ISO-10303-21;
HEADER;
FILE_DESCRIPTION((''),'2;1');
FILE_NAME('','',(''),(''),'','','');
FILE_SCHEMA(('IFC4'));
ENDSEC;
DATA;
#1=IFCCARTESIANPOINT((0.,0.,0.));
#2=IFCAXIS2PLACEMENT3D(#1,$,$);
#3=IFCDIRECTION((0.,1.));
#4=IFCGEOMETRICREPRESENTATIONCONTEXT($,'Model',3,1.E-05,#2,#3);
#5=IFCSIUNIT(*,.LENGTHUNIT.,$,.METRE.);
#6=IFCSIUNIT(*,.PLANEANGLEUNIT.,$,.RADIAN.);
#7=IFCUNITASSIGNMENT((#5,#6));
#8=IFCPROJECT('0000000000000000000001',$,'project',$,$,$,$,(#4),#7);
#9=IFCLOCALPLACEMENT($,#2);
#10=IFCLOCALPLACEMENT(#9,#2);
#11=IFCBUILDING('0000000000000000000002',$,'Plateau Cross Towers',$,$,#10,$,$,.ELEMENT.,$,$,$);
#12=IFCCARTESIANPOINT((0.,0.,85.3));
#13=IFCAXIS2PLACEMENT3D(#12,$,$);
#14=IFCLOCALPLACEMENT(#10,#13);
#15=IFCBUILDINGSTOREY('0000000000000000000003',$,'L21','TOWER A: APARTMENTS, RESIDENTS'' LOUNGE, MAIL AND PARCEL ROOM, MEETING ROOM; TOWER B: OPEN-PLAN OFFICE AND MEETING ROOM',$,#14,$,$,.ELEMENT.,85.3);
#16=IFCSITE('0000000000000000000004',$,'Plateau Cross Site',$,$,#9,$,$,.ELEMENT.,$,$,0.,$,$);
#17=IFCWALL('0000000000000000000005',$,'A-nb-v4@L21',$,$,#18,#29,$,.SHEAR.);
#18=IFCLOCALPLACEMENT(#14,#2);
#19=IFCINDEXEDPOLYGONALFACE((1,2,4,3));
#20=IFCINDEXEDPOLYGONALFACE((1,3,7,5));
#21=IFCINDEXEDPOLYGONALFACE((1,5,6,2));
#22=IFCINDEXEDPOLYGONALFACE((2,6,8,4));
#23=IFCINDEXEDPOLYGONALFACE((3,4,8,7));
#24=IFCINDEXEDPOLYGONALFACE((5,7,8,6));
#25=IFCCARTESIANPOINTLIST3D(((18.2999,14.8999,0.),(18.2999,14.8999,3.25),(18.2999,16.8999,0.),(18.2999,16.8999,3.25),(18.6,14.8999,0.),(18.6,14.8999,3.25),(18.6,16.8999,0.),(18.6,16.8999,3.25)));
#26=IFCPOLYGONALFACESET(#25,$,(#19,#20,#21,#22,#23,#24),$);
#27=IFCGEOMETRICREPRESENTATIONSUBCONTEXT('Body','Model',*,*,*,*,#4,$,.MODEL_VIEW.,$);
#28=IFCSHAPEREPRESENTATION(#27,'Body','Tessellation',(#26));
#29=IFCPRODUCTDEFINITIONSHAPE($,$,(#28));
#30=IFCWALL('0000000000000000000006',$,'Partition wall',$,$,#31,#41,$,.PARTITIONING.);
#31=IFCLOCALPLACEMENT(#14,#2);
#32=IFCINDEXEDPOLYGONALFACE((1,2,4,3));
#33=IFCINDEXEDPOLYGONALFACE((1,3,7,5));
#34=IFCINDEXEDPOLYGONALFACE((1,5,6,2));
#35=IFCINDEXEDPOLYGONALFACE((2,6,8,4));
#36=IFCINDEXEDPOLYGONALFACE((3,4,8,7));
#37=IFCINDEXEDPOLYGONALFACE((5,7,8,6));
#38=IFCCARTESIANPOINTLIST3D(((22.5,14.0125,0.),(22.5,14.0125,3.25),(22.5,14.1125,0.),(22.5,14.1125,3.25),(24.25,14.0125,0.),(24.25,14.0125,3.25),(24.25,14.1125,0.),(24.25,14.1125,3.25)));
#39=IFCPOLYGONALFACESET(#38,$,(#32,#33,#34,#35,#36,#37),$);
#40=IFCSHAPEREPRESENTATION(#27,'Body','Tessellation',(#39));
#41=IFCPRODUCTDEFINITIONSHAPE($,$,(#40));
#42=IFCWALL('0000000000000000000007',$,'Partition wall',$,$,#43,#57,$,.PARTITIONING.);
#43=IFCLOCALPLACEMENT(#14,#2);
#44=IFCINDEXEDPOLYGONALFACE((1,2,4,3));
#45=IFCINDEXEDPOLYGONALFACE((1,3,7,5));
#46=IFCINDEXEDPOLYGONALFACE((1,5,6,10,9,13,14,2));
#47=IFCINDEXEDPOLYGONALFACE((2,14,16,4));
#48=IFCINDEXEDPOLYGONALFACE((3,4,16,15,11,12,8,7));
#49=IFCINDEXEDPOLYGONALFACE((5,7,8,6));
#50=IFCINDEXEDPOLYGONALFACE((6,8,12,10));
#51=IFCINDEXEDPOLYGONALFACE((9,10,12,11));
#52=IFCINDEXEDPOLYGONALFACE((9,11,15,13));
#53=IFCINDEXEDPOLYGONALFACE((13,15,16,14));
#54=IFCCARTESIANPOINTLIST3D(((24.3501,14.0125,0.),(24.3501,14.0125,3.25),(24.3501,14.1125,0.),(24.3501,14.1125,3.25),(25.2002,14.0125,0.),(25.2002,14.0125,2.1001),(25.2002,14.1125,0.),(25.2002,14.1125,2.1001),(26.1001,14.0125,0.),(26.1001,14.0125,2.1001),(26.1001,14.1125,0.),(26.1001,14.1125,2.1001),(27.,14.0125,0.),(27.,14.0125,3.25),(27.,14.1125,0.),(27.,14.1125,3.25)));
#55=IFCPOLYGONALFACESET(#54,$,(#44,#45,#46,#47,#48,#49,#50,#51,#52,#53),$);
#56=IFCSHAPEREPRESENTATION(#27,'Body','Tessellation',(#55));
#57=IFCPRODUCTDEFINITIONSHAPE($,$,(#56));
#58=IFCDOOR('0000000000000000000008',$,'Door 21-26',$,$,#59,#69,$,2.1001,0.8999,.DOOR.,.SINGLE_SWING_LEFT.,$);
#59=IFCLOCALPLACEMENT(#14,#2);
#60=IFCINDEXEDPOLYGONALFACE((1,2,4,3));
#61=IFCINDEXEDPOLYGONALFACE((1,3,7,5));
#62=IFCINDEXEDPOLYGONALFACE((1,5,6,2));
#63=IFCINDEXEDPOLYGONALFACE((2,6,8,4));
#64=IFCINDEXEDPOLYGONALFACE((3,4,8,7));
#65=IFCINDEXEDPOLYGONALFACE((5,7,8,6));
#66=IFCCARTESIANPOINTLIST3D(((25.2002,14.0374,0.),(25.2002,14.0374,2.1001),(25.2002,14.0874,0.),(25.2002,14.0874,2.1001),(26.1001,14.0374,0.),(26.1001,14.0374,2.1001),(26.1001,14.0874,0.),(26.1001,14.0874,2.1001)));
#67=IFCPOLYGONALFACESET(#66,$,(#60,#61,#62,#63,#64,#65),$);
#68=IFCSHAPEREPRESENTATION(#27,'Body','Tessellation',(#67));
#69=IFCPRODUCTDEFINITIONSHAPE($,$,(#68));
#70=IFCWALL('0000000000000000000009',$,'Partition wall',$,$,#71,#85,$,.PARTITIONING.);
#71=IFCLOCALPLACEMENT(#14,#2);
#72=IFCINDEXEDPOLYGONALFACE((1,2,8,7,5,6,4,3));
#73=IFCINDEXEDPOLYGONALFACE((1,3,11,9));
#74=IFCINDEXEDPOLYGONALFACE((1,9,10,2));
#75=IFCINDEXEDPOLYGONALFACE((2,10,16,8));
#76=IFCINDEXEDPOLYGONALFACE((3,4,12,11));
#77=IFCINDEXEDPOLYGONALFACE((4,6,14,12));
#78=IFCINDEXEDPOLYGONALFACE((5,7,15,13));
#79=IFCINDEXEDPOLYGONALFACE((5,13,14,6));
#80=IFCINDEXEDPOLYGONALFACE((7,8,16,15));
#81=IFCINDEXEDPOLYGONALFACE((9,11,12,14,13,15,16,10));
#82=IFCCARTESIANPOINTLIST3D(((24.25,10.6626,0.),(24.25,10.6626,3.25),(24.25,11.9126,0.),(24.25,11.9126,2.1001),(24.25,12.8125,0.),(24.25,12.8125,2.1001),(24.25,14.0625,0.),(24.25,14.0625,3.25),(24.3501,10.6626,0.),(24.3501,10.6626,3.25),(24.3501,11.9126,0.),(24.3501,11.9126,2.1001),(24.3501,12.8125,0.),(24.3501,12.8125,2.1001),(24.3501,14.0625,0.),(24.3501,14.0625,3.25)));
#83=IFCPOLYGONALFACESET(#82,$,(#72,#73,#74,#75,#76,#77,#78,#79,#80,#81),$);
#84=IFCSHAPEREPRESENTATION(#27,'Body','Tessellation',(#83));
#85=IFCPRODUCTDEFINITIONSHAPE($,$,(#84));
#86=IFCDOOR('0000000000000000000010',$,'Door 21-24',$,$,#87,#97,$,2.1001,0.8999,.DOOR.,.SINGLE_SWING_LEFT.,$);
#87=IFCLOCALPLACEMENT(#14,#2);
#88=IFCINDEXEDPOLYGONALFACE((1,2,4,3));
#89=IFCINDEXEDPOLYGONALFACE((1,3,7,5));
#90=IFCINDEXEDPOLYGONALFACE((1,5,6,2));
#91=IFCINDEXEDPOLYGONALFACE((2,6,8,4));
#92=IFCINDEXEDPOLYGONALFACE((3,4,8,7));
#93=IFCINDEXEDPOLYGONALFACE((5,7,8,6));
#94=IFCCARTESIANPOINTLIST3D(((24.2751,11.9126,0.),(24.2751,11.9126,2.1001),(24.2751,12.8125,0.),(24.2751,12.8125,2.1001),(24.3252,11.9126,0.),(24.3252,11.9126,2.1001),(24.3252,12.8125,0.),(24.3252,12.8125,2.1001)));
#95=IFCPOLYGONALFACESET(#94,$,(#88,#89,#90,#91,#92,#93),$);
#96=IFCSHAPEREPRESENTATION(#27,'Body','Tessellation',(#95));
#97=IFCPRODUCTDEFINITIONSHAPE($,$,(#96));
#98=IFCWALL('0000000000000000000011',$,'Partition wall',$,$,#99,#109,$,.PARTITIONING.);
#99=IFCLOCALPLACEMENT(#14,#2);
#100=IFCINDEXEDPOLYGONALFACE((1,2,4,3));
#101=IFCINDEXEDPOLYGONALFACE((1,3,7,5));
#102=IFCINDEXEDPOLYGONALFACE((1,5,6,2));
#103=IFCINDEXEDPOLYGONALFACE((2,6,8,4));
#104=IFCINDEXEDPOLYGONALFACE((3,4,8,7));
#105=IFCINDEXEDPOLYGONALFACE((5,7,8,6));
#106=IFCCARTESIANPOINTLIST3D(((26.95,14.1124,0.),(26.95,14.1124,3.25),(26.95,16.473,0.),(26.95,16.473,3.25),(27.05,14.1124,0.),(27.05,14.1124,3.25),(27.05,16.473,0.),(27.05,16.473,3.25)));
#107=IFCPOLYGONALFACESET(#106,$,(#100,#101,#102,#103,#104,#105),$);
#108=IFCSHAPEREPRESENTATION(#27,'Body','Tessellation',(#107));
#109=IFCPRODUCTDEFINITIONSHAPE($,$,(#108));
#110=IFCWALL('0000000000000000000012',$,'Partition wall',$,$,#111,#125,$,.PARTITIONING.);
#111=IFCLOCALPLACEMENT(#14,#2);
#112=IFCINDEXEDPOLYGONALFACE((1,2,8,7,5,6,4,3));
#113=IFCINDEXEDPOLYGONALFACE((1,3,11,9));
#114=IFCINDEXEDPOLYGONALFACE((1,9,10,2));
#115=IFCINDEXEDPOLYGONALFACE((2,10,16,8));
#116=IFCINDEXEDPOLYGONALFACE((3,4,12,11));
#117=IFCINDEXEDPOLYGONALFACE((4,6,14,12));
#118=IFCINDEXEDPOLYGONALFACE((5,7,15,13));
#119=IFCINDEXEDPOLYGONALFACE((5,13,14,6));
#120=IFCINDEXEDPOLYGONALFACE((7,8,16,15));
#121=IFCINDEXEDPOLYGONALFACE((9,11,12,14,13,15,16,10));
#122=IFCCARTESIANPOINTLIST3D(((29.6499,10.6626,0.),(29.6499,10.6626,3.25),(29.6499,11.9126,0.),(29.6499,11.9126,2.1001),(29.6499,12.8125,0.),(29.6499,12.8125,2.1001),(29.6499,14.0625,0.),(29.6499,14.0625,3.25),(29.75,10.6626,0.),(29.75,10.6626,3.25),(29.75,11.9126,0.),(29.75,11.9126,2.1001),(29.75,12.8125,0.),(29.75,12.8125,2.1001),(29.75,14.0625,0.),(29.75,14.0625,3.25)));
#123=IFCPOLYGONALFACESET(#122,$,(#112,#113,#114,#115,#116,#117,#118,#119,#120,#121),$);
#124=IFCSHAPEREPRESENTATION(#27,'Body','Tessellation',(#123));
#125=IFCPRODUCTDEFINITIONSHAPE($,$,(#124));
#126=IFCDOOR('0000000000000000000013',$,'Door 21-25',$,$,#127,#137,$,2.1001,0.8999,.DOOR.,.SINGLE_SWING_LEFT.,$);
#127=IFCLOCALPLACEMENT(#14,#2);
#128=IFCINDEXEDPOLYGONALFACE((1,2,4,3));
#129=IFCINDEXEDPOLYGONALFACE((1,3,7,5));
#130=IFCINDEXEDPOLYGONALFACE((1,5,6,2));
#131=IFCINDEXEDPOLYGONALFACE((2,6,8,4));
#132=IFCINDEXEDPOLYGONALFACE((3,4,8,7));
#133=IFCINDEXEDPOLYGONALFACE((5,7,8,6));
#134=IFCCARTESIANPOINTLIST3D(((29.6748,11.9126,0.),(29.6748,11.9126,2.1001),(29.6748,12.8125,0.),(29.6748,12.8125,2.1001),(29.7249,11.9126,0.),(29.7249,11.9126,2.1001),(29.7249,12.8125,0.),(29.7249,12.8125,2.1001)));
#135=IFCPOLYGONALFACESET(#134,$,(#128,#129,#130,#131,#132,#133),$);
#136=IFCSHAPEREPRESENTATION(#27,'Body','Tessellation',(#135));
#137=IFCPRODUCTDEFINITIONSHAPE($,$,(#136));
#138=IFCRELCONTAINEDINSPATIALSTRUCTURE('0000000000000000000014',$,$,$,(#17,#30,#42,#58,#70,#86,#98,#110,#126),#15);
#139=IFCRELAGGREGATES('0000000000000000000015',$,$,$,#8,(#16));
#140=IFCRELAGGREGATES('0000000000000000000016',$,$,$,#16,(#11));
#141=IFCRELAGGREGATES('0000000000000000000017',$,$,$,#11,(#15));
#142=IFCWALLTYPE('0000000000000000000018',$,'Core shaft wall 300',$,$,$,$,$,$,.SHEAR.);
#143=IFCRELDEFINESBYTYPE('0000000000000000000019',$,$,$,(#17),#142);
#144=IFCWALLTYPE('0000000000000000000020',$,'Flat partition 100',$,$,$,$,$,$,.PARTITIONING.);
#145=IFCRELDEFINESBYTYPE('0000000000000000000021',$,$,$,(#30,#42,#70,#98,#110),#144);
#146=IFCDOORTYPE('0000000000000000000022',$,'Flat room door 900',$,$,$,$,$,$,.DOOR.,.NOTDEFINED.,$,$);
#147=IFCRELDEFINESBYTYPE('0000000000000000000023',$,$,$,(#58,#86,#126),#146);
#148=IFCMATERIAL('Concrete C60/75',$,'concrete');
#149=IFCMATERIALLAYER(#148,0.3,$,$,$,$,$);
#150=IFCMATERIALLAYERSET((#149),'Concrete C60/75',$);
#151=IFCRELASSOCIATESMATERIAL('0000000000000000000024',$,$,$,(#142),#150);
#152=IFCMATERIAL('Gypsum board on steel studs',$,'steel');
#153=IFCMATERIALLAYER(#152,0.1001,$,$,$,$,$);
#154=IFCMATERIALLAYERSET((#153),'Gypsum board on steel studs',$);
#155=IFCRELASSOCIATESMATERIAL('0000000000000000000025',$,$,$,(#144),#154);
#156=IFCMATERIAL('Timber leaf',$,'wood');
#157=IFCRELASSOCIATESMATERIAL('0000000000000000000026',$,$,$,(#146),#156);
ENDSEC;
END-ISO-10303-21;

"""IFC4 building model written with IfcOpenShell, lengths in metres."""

from ifc_helpers import new_model, si_unit, direction, frame, frame_2d, origin, place, context, subcontext, project, spatial, rectangle, extrude, material, layer, layer_set, type_object, element, fill, save


model = new_model("IFC4")

# Units and contexts
model_context = context("Model", 3, precision=1e-05, world=origin(), true_north=direction((0.0, 1.0)))
body_context = subcontext(model_context, "Body", "Model", "MODEL_VIEW")
ifc_project = project(units=[si_unit("LENGTHUNIT", "METRE"), si_unit("PLANEANGLEUNIT", "RADIAN")], contexts=[model_context])

# Site, building, storey
site_placement = place(None, origin())
site = spatial("IfcSite", under=ifc_project, at=site_placement, Name="Plateau Cross Site", CompositionType="ELEMENT", RefElevation=0.0)
building_placement = place(site_placement, origin())
building = spatial("IfcBuilding", under=site, at=building_placement, Name="Plateau Cross Towers", CompositionType="ELEMENT")
storey_placement = place(building_placement, frame((0.0, 0.0, 85.3)))
storey = spatial("IfcBuildingStorey", under=building, at=storey_placement, Name="L21", Description="TOWER A: APARTMENTS, RESIDENTS' LOUNGE, MAIL AND PARCEL ROOM, MEETING ROOM; TOWER B: OPEN-PLAN OFFICE AND MEETING ROOM", CompositionType="ELEMENT", Elevation=85.3)

# Walls
ifc_material_1 = material(Name="Concrete C60/75", Category="concrete")
ifc_layer_1 = layer(ifc_material_1, 0.3)
ifc_layer_set_1 = layer_set([ifc_layer_1], Name="Concrete C60/75")
wall_type_1 = type_object("IfcWallType", Name="Core shaft wall 300", PredefinedType="SHEAR", material=ifc_layer_set_1)
wall_1_placement = place(storey_placement, frame((18.45, 14.8999, 0.0), z_axis=(0.0, 0.0, 1.0), x_axis=(0.0, 1.0, 0.0)))
element("IfcWall", 1, at=wall_1_placement, inside=storey, type_object=wall_type_1, Name="A-nb-v4@L21", PredefinedType="SHEAR", context=body_context, shape_type="SweptSolid", body=[
    extrude(rectangle(XDim=2.0, YDim=0.3, at=frame_2d((1.0, 0.0))), origin(), (0.0, 0.0, 1.0), 3.25),
])
ifc_material_2 = material(Name="Gypsum board on steel studs", Category="steel")
ifc_layer_2 = layer(ifc_material_2, 0.1001)
ifc_layer_set_2 = layer_set([ifc_layer_2], Name="Gypsum board on steel studs")
wall_type_2 = type_object("IfcWallType", Name="Flat partition 100", PredefinedType="PARTITIONING", material=ifc_layer_set_2)
wall_2_placement = place(storey_placement, frame((24.25, 14.0625, 0.0), z_axis=(0.0, 0.0, 1.0), x_axis=(-1.0, 0.0, 0.0)))
element("IfcWall", 2, at=wall_2_placement, inside=storey, type_object=wall_type_2, Name="Partition wall", PredefinedType="PARTITIONING", context=body_context, shape_type="SweptSolid", body=[
    extrude(rectangle(XDim=1.75, YDim=0.1001, at=frame_2d((0.875, 0.0))), origin(), (0.0, 0.0, 1.0), 3.25),
])

# Walls, openings, doors
wall_3_placement = place(storey_placement, frame((24.3501, 14.0625, 0.0), z_axis=(0.0, 0.0, 1.0), x_axis=(1.0, 0.0, 0.0)))
wall_3 = element("IfcWall", 3, at=wall_3_placement, inside=storey, type_object=wall_type_2, Name="Partition wall", PredefinedType="PARTITIONING", context=body_context, shape_type="SweptSolid", body=[
    extrude(rectangle(XDim=2.6499, YDim=0.1001, at=frame_2d((1.325, 0.0))), origin(), (0.0, 0.0, 1.0), 3.25),
])
opening_1_placement = place(wall_3_placement, frame((0.8501, 0.0, 0.0)))
opening_1 = element("IfcOpeningElement", 4, at=opening_1_placement, cuts=wall_3, PredefinedType="OPENING", context=body_context, shape_type="SweptSolid", body=[
    extrude(rectangle(XDim=0.8999, YDim=2.1001, at=frame_2d((0.45, 1.05))), frame((0.0, 0.0601, 0.0), z_axis=(0.0, -1.0, 0.0), x_axis=(1.0, 0.0, 0.0)), (0.0, 0.0, 1.0), 0.1201),
])
ifc_material_3 = material(Name="Timber leaf", Category="wood")
door_type_1 = type_object("IfcDoorType", Name="Flat room door 900", OperationType="NOTDEFINED", PredefinedType="DOOR", material=ifc_material_3)
door_1_placement = place(opening_1_placement, origin())
door_1 = element("IfcDoor", 5, at=door_1_placement, inside=storey, type_object=door_type_1, Name="Door 21-26", OperationType="SINGLE_SWING_LEFT", OverallHeight=2.1001, OverallWidth=0.8999, PredefinedType="DOOR", context=body_context, shape_type="SweptSolid", body=[
    extrude(rectangle(XDim=0.8999, YDim=2.1001, at=frame_2d((0.45, 1.05))), frame((0.0, 0.0249, 0.0), z_axis=(0.0, -1.0, 0.0), x_axis=(1.0, 0.0, 0.0)), (0.0, 0.0, 1.0), 0.05),
])
fill(opening_1, door_1)
wall_4_placement = place(storey_placement, frame((24.3, 10.6626, 0.0), z_axis=(0.0, 0.0, 1.0), x_axis=(0.0, 1.0, 0.0)))
wall_4 = element("IfcWall", 6, at=wall_4_placement, inside=storey, type_object=wall_type_2, Name="Partition wall", PredefinedType="PARTITIONING", context=body_context, shape_type="SweptSolid", body=[
    extrude(rectangle(XDim=3.3999, YDim=0.1001, at=frame_2d((1.7, 0.0))), origin(), (0.0, 0.0, 1.0), 3.25),
])
opening_2_placement = place(wall_4_placement, frame((1.25, 0.0, 0.0)))
opening_2 = element("IfcOpeningElement", 7, at=opening_2_placement, cuts=wall_4, PredefinedType="OPENING", context=body_context, shape_type="SweptSolid", body=[
    extrude(rectangle(XDim=0.8999, YDim=2.1001, at=frame_2d((0.45, 1.05))), frame((0.0, 0.0601, 0.0), z_axis=(0.0, -1.0, 0.0), x_axis=(1.0, 0.0, 0.0)), (0.0, 0.0, 1.0), 0.1201),
])
door_2_placement = place(opening_2_placement, origin())
door_2 = element("IfcDoor", 8, at=door_2_placement, inside=storey, type_object=door_type_1, Name="Door 21-24", OperationType="SINGLE_SWING_LEFT", OverallHeight=2.1001, OverallWidth=0.8999, PredefinedType="DOOR", context=body_context, shape_type="SweptSolid", body=[
    extrude(rectangle(XDim=0.8999, YDim=2.1001, at=frame_2d((0.45, 1.05))), frame((0.0, 0.0249, 0.0), z_axis=(0.0, -1.0, 0.0), x_axis=(1.0, 0.0, 0.0)), (0.0, 0.0, 1.0), 0.05),
])
fill(opening_2, door_2)

# Wall
wall_5_placement = place(storey_placement, frame((27.0, 14.1125, 0.0), z_axis=(0.0, 0.0, 1.0), x_axis=(0.0, 1.0, 0.0)))
element("IfcWall", 9, at=wall_5_placement, inside=storey, type_object=wall_type_2, Name="Partition wall", PredefinedType="PARTITIONING", context=body_context, shape_type="SweptSolid", body=[
    extrude(rectangle(XDim=2.3606, YDim=0.1001, at=frame_2d((1.1802, 0.0))), origin(), (0.0, 0.0, 1.0), 3.25),
])

# Wall, opening, door
wall_6_placement = place(storey_placement, frame((29.7, 14.0625, 0.0), z_axis=(0.0, 0.0, 1.0), x_axis=(0.0, -1.0, 0.0)))
wall_6 = element("IfcWall", 10, at=wall_6_placement, inside=storey, type_object=wall_type_2, Name="Partition wall", PredefinedType="PARTITIONING", context=body_context, shape_type="SweptSolid", body=[
    extrude(rectangle(XDim=3.3999, YDim=0.1001, at=frame_2d((1.7, 0.0))), origin(), (0.0, 0.0, 1.0), 3.25),
])
opening_3_placement = place(wall_6_placement, frame((1.25, 0.0, 0.0)))
opening_3 = element("IfcOpeningElement", 11, at=opening_3_placement, cuts=wall_6, PredefinedType="OPENING", context=body_context, shape_type="SweptSolid", body=[
    extrude(rectangle(XDim=0.8999, YDim=2.1001, at=frame_2d((0.45, 1.05))), frame((0.0, 0.0601, 0.0), z_axis=(0.0, -1.0, 0.0), x_axis=(1.0, 0.0, 0.0)), (0.0, 0.0, 1.0), 0.1201),
])
door_3_placement = place(opening_3_placement, origin())
door_3 = element("IfcDoor", 12, at=door_3_placement, inside=storey, type_object=door_type_1, Name="Door 21-25", OperationType="SINGLE_SWING_LEFT", OverallHeight=2.1001, OverallWidth=0.8999, PredefinedType="DOOR", context=body_context, shape_type="SweptSolid", body=[
    extrude(rectangle(XDim=0.8999, YDim=2.1001, at=frame_2d((0.45, 1.05))), frame((0.0, 0.0249, 0.0), z_axis=(0.0, -1.0, 0.0), x_axis=(1.0, 0.0, 0.0)), (0.0, 0.0, 1.0), 0.05),
])
fill(opening_3, door_3)

save(model, "model.ifc")
